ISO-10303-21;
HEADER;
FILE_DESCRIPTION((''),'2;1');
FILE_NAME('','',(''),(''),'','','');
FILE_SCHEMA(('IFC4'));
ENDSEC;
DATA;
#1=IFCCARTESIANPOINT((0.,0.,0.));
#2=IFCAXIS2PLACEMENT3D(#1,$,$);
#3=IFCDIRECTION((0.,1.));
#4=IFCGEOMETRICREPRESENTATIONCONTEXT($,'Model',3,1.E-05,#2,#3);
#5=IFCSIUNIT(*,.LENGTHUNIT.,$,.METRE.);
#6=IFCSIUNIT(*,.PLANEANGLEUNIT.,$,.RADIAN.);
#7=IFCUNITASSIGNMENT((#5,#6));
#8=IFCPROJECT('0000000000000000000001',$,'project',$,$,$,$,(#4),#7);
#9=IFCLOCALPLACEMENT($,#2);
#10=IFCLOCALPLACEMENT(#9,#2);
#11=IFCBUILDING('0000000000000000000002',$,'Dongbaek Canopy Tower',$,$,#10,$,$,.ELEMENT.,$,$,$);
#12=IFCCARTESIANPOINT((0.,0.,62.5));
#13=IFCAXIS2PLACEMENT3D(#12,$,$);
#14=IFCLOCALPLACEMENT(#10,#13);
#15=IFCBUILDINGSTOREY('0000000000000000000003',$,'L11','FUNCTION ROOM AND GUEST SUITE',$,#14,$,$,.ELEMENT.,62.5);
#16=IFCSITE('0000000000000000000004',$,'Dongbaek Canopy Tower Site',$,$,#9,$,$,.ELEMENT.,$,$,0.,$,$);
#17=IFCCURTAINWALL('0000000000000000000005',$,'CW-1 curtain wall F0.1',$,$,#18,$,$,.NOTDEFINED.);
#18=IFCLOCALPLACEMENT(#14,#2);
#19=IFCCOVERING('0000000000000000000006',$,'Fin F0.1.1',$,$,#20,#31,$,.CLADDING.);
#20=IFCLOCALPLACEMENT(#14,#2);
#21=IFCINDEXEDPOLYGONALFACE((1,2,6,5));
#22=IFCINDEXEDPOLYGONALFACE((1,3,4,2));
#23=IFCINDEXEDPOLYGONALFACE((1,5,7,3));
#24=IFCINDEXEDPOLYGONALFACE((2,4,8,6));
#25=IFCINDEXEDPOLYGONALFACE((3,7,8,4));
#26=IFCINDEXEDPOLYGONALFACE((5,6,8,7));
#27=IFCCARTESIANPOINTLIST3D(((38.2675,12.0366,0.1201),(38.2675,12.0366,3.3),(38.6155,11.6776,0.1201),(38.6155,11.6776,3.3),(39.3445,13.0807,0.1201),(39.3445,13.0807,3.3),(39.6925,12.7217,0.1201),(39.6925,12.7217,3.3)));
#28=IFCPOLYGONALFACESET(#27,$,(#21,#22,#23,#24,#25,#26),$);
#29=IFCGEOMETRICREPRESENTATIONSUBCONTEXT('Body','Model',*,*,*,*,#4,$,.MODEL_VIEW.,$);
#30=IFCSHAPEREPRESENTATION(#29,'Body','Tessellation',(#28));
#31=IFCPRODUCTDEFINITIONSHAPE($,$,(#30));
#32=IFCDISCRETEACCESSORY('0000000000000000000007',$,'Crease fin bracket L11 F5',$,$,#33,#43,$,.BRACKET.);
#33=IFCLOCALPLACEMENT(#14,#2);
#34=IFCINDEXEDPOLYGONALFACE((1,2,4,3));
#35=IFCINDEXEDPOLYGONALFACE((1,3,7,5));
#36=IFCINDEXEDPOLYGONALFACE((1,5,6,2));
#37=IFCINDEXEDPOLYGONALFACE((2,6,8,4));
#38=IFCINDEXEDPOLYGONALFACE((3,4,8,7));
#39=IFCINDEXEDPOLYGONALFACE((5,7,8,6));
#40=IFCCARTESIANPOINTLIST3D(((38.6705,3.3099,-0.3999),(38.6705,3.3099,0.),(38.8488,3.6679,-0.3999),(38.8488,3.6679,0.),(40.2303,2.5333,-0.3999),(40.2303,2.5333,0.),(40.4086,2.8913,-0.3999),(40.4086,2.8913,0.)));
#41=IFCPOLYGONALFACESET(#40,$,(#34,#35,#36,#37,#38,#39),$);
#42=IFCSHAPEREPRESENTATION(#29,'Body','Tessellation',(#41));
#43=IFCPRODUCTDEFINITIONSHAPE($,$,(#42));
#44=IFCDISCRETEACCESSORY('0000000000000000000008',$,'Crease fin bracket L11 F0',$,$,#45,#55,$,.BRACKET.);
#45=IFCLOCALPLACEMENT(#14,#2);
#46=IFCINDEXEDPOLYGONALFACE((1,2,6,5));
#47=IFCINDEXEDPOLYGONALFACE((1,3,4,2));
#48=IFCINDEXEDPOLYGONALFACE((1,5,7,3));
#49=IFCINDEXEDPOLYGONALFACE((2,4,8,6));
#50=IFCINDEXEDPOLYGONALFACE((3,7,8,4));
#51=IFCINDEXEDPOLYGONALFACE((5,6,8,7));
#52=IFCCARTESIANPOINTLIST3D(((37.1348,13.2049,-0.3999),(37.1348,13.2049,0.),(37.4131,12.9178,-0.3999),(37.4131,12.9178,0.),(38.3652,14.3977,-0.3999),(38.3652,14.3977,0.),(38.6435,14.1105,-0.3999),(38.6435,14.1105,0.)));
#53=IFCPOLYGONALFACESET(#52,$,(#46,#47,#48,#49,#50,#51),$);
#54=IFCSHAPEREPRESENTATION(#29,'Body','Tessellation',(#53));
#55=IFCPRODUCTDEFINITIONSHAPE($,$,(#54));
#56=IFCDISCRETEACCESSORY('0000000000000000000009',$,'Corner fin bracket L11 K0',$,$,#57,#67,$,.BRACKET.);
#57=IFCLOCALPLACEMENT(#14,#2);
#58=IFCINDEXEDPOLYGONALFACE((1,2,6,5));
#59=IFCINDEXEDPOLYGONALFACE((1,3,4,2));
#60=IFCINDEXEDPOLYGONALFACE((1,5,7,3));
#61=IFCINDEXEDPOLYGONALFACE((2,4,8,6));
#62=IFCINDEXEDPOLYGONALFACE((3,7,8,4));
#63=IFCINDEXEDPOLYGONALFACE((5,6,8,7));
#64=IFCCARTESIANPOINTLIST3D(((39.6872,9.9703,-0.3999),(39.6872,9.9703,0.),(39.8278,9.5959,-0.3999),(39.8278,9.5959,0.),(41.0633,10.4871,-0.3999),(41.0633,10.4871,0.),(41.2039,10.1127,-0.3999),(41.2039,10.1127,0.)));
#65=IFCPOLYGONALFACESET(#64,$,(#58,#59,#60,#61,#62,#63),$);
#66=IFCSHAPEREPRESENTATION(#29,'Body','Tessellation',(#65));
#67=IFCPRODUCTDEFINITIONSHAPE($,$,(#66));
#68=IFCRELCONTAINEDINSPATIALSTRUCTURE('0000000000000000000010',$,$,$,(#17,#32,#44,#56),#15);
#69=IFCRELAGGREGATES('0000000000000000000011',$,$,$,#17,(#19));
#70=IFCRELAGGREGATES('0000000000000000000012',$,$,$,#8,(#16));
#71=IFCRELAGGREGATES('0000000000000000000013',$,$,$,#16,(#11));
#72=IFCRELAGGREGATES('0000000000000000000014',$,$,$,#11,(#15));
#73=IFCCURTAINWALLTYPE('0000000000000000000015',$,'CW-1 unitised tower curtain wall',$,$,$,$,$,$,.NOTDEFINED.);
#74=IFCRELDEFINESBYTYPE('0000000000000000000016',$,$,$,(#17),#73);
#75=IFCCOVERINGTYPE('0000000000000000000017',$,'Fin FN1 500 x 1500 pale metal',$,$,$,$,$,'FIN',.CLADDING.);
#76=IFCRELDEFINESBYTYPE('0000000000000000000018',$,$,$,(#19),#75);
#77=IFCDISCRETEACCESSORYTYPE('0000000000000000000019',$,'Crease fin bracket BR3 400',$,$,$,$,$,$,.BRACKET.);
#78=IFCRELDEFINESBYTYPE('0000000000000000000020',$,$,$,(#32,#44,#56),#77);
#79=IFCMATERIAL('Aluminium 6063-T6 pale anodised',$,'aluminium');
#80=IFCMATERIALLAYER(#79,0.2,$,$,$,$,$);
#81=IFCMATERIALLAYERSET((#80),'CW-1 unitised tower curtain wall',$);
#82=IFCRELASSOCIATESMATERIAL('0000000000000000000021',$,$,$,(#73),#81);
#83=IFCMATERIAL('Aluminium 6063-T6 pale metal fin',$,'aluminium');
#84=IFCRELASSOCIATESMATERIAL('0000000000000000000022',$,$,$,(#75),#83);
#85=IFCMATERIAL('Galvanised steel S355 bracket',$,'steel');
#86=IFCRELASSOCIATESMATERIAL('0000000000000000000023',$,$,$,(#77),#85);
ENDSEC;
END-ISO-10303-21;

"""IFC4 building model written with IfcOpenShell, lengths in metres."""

from ifc_helpers import new_model, si_unit, direction, frame, origin, origin_2d, place, context, subcontext, project, spatial, rectangle, extrude, material, layer, layer_set, material_profile, profile_set, type_object, element, aggregate, save


model = new_model("IFC4")

# Units and contexts
model_context = context("Model", 3, precision=1e-05, world=origin(), true_north=direction((0.0, 1.0)))
body_context = subcontext(model_context, "Body", "Model", "MODEL_VIEW")
ifc_project = project(units=[si_unit("LENGTHUNIT", "METRE"), si_unit("PLANEANGLEUNIT", "RADIAN")], contexts=[model_context])

# Site, building, storey
site_placement = place(None, origin())
site = spatial("IfcSite", under=ifc_project, at=site_placement, Name="Dongbaek Canopy Tower Site", CompositionType="ELEMENT", RefElevation=0.0)
building_placement = place(site_placement, origin())
building = spatial("IfcBuilding", under=site, at=building_placement, Name="Dongbaek Canopy Tower", CompositionType="ELEMENT")
storey_placement = place(building_placement, frame((0.0, 0.0, 62.5)))
storey = spatial("IfcBuildingStorey", under=building, at=storey_placement, Name="L11", Description="FUNCTION ROOM AND GUEST SUITE", CompositionType="ELEMENT", Elevation=62.5)

# Shared definitions
ifc_material_1 = material(Name="Aluminium 6063-T6 pale anodised", Category="aluminium")
ifc_layer_1 = layer(ifc_material_1, 0.2)
ifc_layer_set_1 = layer_set([ifc_layer_1], Name="CW-1 unitised tower curtain wall")
curtain_wall_type = type_object("IfcCurtainWallType", Name="CW-1 unitised tower curtain wall", PredefinedType="NOTDEFINED", material=ifc_layer_set_1)

# Curtain wall
curtain_wall_1_placement = place(storey_placement, origin())
curtain_wall_1 = element("IfcCurtainWall", 1, at=curtain_wall_1_placement, inside=storey, type_object=curtain_wall_type, Name="CW-1 curtain wall F0.1", PredefinedType="NOTDEFINED")

# Covering
ifc_material_2 = material(Name="Aluminium 6063-T6 pale metal fin", Category="aluminium")
ifc_material_profile_1 = material_profile(ifc_material_2, rectangle(XDim=1.5, YDim=0.5, at=origin_2d()), Name="Fin FN1 500 x 1500 pale metal")
ifc_profile_set_1 = profile_set([ifc_material_profile_1], Name="Aluminium 6063-T6 pale metal fin")
covering_type_1 = type_object("IfcCoveringType", Name="Fin FN1 500 x 1500 pale metal", ElementType="FIN", PredefinedType="CLADDING", material=ifc_profile_set_1)
covering_1_placement = place(storey_placement, frame((38.98, 12.3792, 0.1201), z_axis=(0.0, 0.0, 1.0), x_axis=(0.718004, 0.696039, 0.0)))
covering_1 = element("IfcCovering", 2, at=covering_1_placement, type_object=covering_type_1, Name="Fin F0.1.1", PredefinedType="CLADDING", context=body_context, shape_type="SweptSolid", body=[
    extrude(rectangle(XDim=1.5, YDim=0.5, at=origin_2d()), origin(), (0.0, 0.0, 1.0), 3.1799),
])
aggregate(curtain_wall_1, [covering_1])

# Discrete accessories
ifc_material_3 = material(Name="Galvanised steel S355 bracket", Category="steel")
discrete_accessory_type = type_object("IfcDiscreteAccessoryType", Name="Crease fin bracket BR3 400", PredefinedType="BRACKET", material=ifc_material_3)
discrete_accessory_1_placement = place(storey_placement, frame((39.5396, 3.1006, -0.3999), z_axis=(0.0, 0.0, 1.0), x_axis=(0.895194, -0.445678, 0.0)))
element("IfcDiscreteAccessory", 3, at=discrete_accessory_1_placement, inside=storey, type_object=discrete_accessory_type, Name="Crease fin bracket L11 F5", PredefinedType="BRACKET", context=body_context, shape_type="SweptSolid", body=[
    extrude(rectangle(XDim=1.7424, YDim=0.3999, at=origin_2d()), origin(), (0.0, 0.0, 1.0), 0.3999),
])
discrete_accessory_2_placement = place(storey_placement, frame((37.8892, 13.6577, -0.3999), z_axis=(0.0, 0.0, 1.0), x_axis=(0.718004, 0.696039, 0.0)))
element("IfcDiscreteAccessory", 4, at=discrete_accessory_2_placement, inside=storey, type_object=discrete_accessory_type, Name="Crease fin bracket L11 F0", PredefinedType="BRACKET", context=body_context, shape_type="SweptSolid", body=[
    extrude(rectangle(XDim=1.7136, YDim=0.3999, at=origin_2d()), origin(), (0.0, 0.0, 1.0), 0.3999),
])
discrete_accessory_3_placement = place(storey_placement, frame((40.4456, 10.0415, -0.3999), z_axis=(0.0, 0.0, 1.0), x_axis=(0.936155, 0.351588, 0.0)))
element("IfcDiscreteAccessory", 5, at=discrete_accessory_3_placement, inside=storey, type_object=discrete_accessory_type, Name="Corner fin bracket L11 K0", PredefinedType="BRACKET", context=body_context, shape_type="SweptSolid", body=[
    extrude(rectangle(XDim=1.47, YDim=0.3999, at=origin_2d()), origin(), (0.0, 0.0, 1.0), 0.3999),
])

save(model, "model.ifc")
